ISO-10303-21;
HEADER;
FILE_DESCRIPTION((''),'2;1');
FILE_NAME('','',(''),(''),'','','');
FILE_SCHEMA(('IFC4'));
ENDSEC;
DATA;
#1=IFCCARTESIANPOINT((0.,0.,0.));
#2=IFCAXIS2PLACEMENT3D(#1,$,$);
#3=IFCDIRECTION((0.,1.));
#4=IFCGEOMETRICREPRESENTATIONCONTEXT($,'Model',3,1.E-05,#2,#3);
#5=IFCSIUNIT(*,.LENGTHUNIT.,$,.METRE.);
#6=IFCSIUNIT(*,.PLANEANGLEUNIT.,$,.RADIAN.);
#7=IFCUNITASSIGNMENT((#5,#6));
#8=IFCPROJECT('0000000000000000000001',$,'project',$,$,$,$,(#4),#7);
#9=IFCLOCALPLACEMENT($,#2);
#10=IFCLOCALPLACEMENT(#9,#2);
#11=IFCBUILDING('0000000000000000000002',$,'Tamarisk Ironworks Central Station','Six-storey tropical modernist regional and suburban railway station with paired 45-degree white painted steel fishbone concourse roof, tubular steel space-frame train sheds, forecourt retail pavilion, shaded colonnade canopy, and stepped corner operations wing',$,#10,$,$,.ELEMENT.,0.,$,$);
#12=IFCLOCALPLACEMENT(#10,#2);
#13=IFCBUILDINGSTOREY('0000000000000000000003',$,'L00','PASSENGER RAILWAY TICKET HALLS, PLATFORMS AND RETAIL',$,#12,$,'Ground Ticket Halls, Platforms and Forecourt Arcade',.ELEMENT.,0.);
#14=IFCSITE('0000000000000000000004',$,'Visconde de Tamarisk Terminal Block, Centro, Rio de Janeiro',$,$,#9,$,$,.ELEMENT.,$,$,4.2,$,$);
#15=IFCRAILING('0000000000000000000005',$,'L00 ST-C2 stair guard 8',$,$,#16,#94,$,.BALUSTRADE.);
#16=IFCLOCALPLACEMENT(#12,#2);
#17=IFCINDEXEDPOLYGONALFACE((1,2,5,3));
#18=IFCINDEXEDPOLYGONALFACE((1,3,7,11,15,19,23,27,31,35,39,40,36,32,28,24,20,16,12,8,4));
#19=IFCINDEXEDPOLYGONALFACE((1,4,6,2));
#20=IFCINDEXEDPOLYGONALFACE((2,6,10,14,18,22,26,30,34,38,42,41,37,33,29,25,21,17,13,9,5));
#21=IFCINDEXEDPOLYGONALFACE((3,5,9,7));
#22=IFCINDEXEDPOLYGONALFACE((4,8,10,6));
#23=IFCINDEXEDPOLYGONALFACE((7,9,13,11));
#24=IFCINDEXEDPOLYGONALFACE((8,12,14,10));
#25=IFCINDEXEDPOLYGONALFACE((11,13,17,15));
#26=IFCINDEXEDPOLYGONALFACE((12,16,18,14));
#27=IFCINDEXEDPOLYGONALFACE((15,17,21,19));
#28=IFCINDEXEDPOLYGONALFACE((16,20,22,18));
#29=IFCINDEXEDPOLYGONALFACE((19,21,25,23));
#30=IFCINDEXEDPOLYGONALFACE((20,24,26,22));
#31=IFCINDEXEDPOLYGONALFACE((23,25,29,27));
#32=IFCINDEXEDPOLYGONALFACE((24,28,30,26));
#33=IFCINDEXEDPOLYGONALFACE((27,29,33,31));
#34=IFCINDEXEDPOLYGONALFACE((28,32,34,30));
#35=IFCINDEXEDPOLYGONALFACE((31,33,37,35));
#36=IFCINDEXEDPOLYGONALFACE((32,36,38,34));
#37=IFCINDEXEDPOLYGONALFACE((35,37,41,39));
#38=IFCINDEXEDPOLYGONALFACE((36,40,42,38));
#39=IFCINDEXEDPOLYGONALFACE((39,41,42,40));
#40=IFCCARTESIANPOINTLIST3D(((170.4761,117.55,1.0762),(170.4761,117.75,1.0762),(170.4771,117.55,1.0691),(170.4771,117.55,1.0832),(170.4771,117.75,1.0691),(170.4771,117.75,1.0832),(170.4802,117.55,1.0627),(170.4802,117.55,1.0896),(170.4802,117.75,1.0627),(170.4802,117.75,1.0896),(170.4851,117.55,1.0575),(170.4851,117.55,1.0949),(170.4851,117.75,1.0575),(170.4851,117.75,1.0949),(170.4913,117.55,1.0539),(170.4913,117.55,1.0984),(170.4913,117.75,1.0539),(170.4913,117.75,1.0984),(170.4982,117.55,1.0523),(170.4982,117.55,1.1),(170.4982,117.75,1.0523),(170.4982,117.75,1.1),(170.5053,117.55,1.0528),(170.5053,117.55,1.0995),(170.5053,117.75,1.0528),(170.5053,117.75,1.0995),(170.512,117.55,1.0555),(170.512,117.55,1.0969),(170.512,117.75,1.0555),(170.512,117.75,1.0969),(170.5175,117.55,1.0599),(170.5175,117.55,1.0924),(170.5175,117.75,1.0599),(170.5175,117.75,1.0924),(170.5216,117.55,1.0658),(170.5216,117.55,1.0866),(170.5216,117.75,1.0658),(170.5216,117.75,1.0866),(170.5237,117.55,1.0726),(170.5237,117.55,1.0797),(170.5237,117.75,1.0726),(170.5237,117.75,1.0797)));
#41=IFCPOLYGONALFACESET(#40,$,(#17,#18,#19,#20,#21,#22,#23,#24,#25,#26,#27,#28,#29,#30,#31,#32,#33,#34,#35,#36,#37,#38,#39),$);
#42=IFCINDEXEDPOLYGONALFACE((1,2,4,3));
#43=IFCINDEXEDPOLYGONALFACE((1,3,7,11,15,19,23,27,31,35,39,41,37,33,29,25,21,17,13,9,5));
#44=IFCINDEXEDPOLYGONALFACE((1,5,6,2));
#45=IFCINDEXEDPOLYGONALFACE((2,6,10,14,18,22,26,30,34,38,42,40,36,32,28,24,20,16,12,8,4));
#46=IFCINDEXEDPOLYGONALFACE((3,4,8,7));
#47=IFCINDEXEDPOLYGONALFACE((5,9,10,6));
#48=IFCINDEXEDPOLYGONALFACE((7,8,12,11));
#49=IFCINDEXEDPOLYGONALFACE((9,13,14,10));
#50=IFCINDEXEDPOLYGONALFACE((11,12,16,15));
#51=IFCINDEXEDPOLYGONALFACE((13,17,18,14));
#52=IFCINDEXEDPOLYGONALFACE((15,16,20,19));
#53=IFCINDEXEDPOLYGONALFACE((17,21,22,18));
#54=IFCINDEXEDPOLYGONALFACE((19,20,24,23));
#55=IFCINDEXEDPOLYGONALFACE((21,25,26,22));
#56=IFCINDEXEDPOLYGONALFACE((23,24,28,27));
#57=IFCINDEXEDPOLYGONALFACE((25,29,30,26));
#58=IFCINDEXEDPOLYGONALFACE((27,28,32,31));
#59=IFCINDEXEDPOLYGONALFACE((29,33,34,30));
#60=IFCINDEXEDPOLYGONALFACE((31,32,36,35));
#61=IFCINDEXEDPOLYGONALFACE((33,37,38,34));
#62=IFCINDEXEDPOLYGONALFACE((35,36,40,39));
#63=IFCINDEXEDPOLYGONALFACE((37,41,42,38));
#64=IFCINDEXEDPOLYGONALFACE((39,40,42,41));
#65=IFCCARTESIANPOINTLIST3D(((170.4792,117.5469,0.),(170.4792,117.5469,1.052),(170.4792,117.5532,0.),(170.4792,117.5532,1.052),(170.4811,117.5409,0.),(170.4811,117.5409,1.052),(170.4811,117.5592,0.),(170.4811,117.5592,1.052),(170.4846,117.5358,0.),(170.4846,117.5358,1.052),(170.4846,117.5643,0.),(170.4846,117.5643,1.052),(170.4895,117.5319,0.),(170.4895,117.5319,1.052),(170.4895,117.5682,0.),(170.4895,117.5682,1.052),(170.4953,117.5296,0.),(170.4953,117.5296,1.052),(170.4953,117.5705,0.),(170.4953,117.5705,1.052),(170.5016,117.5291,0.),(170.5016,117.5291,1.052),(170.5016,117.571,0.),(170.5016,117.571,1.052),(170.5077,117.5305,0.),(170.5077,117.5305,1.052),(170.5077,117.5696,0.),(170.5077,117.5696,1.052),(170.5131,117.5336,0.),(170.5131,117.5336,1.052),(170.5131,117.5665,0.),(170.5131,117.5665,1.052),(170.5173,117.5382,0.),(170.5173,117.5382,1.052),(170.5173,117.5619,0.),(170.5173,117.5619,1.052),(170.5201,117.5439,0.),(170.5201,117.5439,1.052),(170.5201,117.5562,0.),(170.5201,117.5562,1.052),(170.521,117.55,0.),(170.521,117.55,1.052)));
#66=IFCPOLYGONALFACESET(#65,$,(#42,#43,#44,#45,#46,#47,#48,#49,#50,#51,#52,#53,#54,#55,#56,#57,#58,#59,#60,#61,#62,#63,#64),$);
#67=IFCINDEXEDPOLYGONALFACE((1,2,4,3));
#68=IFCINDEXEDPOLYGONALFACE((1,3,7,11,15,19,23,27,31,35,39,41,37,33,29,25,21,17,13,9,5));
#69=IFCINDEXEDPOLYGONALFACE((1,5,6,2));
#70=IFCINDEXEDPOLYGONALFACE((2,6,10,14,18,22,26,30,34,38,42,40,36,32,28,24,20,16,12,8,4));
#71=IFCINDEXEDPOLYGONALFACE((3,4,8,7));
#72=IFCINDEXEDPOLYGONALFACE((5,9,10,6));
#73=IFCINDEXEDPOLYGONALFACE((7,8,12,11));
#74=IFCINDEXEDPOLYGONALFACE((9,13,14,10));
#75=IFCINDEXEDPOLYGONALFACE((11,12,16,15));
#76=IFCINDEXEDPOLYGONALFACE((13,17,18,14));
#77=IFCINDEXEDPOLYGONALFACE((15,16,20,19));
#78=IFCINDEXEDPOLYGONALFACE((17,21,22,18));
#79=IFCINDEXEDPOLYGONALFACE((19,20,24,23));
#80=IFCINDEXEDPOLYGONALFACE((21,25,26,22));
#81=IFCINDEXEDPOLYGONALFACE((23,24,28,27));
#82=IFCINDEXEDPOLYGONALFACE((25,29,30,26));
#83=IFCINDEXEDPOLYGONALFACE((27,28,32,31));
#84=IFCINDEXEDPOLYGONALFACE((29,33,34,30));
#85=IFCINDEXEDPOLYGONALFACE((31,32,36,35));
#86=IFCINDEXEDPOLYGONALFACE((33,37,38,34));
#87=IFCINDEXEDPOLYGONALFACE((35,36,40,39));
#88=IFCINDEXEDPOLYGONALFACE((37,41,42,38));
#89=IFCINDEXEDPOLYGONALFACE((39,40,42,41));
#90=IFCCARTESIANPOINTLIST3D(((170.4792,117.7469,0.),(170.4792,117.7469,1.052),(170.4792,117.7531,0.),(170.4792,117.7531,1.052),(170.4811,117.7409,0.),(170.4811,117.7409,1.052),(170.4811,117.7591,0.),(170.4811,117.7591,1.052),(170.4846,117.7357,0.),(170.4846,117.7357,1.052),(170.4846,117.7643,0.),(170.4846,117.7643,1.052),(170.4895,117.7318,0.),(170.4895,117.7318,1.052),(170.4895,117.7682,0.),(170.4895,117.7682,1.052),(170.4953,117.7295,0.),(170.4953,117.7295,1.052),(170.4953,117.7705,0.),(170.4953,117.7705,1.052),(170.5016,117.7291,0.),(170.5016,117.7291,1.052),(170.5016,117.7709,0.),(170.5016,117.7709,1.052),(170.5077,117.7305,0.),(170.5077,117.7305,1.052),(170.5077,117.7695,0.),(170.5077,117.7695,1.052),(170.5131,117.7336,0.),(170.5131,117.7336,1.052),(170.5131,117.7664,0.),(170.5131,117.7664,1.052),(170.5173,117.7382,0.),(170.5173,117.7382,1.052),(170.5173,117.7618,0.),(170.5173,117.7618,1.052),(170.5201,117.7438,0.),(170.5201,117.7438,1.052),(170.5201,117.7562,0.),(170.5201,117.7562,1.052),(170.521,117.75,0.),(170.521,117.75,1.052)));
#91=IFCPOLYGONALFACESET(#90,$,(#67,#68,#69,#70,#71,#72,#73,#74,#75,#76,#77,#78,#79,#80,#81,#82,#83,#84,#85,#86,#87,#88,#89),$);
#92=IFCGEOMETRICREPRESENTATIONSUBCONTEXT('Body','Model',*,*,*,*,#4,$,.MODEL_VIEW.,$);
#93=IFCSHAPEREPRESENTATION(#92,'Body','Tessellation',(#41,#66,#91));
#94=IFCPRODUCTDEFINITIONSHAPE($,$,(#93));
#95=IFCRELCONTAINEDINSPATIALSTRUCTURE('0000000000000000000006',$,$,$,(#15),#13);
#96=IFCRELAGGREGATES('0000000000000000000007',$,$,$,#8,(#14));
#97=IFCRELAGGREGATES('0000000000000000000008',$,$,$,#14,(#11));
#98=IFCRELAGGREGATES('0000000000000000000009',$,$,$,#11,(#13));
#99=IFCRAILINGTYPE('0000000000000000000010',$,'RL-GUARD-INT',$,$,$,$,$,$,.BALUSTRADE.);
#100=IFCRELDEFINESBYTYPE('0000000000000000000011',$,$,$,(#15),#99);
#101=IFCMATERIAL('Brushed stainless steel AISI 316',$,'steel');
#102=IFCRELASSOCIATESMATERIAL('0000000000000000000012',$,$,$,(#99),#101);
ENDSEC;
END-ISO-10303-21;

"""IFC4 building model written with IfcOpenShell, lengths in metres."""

from ifc_helpers import new_model, si_unit, direction, frame, origin, origin_2d, place, context, subcontext, project, spatial, circle, extrude, material, type_object, element, save


model = new_model("IFC4")

# Units and contexts
model_context = context("Model", 3, precision=1e-05, world=origin(), true_north=direction((0.0, 1.0)))
body_context = subcontext(model_context, "Body", "Model", "MODEL_VIEW")
ifc_project = project(units=[si_unit("LENGTHUNIT", "METRE"), si_unit("PLANEANGLEUNIT", "RADIAN")], contexts=[model_context])

# Site, building, storey
site_placement = place(None, origin())
site = spatial("IfcSite", under=ifc_project, at=site_placement, Name="Visconde de Tamarisk Terminal Block, Centro, Rio de Janeiro", CompositionType="ELEMENT", RefElevation=4.2)
building_placement = place(site_placement, origin())
building = spatial("IfcBuilding", under=site, at=building_placement, Name="Tamarisk Ironworks Central Station", Description="Six-storey tropical modernist regional and suburban railway station with paired 45-degree white painted steel fishbone concourse roof, tubular steel space-frame train sheds, forecourt retail pavilion, shaded colonnade canopy, and stepped corner operations wing", CompositionType="ELEMENT", ElevationOfRefHeight=0.0)
storey_placement = place(building_placement, origin())
storey = spatial("IfcBuildingStorey", under=building, at=storey_placement, Name="L00", Description="PASSENGER RAILWAY TICKET HALLS, PLATFORMS AND RETAIL", LongName="Ground Ticket Halls, Platforms and Forecourt Arcade", CompositionType="ELEMENT", Elevation=0.0)

# Railing
ifc_material_1 = material(Name="Brushed stainless steel AISI 316", Category="steel")
railing_type_1 = type_object("IfcRailingType", Name="RL-GUARD-INT", PredefinedType="BALUSTRADE", material=ifc_material_1)
railing_1_placement = place(storey_placement, frame((170.5, 117.55, 0.0)))
element("IfcRailing", 1, at=railing_1_placement, inside=storey, type_object=railing_type_1, Name="L00 ST-C2 stair guard 8", PredefinedType="BALUSTRADE", context=body_context, shape_type="SweptSolid", body=[
    extrude(circle(Radius=0.0239, at=origin_2d()), frame((0.0, 0.0, 1.0762), z_axis=(0.0, 1.0, 0.0), x_axis=(-1.0, 0.0, 0.0)), (0.0, 0.0, 1.0), 0.2),
    extrude(circle(Radius=0.021, at=origin_2d()), origin(), (0.0, 0.0, 1.0), 1.052),
    extrude(circle(Radius=0.021, at=origin_2d()), frame((0.0, 0.2, 0.0)), (0.0, 0.0, 1.0), 1.052),
])

save(model, "model.ifc")
